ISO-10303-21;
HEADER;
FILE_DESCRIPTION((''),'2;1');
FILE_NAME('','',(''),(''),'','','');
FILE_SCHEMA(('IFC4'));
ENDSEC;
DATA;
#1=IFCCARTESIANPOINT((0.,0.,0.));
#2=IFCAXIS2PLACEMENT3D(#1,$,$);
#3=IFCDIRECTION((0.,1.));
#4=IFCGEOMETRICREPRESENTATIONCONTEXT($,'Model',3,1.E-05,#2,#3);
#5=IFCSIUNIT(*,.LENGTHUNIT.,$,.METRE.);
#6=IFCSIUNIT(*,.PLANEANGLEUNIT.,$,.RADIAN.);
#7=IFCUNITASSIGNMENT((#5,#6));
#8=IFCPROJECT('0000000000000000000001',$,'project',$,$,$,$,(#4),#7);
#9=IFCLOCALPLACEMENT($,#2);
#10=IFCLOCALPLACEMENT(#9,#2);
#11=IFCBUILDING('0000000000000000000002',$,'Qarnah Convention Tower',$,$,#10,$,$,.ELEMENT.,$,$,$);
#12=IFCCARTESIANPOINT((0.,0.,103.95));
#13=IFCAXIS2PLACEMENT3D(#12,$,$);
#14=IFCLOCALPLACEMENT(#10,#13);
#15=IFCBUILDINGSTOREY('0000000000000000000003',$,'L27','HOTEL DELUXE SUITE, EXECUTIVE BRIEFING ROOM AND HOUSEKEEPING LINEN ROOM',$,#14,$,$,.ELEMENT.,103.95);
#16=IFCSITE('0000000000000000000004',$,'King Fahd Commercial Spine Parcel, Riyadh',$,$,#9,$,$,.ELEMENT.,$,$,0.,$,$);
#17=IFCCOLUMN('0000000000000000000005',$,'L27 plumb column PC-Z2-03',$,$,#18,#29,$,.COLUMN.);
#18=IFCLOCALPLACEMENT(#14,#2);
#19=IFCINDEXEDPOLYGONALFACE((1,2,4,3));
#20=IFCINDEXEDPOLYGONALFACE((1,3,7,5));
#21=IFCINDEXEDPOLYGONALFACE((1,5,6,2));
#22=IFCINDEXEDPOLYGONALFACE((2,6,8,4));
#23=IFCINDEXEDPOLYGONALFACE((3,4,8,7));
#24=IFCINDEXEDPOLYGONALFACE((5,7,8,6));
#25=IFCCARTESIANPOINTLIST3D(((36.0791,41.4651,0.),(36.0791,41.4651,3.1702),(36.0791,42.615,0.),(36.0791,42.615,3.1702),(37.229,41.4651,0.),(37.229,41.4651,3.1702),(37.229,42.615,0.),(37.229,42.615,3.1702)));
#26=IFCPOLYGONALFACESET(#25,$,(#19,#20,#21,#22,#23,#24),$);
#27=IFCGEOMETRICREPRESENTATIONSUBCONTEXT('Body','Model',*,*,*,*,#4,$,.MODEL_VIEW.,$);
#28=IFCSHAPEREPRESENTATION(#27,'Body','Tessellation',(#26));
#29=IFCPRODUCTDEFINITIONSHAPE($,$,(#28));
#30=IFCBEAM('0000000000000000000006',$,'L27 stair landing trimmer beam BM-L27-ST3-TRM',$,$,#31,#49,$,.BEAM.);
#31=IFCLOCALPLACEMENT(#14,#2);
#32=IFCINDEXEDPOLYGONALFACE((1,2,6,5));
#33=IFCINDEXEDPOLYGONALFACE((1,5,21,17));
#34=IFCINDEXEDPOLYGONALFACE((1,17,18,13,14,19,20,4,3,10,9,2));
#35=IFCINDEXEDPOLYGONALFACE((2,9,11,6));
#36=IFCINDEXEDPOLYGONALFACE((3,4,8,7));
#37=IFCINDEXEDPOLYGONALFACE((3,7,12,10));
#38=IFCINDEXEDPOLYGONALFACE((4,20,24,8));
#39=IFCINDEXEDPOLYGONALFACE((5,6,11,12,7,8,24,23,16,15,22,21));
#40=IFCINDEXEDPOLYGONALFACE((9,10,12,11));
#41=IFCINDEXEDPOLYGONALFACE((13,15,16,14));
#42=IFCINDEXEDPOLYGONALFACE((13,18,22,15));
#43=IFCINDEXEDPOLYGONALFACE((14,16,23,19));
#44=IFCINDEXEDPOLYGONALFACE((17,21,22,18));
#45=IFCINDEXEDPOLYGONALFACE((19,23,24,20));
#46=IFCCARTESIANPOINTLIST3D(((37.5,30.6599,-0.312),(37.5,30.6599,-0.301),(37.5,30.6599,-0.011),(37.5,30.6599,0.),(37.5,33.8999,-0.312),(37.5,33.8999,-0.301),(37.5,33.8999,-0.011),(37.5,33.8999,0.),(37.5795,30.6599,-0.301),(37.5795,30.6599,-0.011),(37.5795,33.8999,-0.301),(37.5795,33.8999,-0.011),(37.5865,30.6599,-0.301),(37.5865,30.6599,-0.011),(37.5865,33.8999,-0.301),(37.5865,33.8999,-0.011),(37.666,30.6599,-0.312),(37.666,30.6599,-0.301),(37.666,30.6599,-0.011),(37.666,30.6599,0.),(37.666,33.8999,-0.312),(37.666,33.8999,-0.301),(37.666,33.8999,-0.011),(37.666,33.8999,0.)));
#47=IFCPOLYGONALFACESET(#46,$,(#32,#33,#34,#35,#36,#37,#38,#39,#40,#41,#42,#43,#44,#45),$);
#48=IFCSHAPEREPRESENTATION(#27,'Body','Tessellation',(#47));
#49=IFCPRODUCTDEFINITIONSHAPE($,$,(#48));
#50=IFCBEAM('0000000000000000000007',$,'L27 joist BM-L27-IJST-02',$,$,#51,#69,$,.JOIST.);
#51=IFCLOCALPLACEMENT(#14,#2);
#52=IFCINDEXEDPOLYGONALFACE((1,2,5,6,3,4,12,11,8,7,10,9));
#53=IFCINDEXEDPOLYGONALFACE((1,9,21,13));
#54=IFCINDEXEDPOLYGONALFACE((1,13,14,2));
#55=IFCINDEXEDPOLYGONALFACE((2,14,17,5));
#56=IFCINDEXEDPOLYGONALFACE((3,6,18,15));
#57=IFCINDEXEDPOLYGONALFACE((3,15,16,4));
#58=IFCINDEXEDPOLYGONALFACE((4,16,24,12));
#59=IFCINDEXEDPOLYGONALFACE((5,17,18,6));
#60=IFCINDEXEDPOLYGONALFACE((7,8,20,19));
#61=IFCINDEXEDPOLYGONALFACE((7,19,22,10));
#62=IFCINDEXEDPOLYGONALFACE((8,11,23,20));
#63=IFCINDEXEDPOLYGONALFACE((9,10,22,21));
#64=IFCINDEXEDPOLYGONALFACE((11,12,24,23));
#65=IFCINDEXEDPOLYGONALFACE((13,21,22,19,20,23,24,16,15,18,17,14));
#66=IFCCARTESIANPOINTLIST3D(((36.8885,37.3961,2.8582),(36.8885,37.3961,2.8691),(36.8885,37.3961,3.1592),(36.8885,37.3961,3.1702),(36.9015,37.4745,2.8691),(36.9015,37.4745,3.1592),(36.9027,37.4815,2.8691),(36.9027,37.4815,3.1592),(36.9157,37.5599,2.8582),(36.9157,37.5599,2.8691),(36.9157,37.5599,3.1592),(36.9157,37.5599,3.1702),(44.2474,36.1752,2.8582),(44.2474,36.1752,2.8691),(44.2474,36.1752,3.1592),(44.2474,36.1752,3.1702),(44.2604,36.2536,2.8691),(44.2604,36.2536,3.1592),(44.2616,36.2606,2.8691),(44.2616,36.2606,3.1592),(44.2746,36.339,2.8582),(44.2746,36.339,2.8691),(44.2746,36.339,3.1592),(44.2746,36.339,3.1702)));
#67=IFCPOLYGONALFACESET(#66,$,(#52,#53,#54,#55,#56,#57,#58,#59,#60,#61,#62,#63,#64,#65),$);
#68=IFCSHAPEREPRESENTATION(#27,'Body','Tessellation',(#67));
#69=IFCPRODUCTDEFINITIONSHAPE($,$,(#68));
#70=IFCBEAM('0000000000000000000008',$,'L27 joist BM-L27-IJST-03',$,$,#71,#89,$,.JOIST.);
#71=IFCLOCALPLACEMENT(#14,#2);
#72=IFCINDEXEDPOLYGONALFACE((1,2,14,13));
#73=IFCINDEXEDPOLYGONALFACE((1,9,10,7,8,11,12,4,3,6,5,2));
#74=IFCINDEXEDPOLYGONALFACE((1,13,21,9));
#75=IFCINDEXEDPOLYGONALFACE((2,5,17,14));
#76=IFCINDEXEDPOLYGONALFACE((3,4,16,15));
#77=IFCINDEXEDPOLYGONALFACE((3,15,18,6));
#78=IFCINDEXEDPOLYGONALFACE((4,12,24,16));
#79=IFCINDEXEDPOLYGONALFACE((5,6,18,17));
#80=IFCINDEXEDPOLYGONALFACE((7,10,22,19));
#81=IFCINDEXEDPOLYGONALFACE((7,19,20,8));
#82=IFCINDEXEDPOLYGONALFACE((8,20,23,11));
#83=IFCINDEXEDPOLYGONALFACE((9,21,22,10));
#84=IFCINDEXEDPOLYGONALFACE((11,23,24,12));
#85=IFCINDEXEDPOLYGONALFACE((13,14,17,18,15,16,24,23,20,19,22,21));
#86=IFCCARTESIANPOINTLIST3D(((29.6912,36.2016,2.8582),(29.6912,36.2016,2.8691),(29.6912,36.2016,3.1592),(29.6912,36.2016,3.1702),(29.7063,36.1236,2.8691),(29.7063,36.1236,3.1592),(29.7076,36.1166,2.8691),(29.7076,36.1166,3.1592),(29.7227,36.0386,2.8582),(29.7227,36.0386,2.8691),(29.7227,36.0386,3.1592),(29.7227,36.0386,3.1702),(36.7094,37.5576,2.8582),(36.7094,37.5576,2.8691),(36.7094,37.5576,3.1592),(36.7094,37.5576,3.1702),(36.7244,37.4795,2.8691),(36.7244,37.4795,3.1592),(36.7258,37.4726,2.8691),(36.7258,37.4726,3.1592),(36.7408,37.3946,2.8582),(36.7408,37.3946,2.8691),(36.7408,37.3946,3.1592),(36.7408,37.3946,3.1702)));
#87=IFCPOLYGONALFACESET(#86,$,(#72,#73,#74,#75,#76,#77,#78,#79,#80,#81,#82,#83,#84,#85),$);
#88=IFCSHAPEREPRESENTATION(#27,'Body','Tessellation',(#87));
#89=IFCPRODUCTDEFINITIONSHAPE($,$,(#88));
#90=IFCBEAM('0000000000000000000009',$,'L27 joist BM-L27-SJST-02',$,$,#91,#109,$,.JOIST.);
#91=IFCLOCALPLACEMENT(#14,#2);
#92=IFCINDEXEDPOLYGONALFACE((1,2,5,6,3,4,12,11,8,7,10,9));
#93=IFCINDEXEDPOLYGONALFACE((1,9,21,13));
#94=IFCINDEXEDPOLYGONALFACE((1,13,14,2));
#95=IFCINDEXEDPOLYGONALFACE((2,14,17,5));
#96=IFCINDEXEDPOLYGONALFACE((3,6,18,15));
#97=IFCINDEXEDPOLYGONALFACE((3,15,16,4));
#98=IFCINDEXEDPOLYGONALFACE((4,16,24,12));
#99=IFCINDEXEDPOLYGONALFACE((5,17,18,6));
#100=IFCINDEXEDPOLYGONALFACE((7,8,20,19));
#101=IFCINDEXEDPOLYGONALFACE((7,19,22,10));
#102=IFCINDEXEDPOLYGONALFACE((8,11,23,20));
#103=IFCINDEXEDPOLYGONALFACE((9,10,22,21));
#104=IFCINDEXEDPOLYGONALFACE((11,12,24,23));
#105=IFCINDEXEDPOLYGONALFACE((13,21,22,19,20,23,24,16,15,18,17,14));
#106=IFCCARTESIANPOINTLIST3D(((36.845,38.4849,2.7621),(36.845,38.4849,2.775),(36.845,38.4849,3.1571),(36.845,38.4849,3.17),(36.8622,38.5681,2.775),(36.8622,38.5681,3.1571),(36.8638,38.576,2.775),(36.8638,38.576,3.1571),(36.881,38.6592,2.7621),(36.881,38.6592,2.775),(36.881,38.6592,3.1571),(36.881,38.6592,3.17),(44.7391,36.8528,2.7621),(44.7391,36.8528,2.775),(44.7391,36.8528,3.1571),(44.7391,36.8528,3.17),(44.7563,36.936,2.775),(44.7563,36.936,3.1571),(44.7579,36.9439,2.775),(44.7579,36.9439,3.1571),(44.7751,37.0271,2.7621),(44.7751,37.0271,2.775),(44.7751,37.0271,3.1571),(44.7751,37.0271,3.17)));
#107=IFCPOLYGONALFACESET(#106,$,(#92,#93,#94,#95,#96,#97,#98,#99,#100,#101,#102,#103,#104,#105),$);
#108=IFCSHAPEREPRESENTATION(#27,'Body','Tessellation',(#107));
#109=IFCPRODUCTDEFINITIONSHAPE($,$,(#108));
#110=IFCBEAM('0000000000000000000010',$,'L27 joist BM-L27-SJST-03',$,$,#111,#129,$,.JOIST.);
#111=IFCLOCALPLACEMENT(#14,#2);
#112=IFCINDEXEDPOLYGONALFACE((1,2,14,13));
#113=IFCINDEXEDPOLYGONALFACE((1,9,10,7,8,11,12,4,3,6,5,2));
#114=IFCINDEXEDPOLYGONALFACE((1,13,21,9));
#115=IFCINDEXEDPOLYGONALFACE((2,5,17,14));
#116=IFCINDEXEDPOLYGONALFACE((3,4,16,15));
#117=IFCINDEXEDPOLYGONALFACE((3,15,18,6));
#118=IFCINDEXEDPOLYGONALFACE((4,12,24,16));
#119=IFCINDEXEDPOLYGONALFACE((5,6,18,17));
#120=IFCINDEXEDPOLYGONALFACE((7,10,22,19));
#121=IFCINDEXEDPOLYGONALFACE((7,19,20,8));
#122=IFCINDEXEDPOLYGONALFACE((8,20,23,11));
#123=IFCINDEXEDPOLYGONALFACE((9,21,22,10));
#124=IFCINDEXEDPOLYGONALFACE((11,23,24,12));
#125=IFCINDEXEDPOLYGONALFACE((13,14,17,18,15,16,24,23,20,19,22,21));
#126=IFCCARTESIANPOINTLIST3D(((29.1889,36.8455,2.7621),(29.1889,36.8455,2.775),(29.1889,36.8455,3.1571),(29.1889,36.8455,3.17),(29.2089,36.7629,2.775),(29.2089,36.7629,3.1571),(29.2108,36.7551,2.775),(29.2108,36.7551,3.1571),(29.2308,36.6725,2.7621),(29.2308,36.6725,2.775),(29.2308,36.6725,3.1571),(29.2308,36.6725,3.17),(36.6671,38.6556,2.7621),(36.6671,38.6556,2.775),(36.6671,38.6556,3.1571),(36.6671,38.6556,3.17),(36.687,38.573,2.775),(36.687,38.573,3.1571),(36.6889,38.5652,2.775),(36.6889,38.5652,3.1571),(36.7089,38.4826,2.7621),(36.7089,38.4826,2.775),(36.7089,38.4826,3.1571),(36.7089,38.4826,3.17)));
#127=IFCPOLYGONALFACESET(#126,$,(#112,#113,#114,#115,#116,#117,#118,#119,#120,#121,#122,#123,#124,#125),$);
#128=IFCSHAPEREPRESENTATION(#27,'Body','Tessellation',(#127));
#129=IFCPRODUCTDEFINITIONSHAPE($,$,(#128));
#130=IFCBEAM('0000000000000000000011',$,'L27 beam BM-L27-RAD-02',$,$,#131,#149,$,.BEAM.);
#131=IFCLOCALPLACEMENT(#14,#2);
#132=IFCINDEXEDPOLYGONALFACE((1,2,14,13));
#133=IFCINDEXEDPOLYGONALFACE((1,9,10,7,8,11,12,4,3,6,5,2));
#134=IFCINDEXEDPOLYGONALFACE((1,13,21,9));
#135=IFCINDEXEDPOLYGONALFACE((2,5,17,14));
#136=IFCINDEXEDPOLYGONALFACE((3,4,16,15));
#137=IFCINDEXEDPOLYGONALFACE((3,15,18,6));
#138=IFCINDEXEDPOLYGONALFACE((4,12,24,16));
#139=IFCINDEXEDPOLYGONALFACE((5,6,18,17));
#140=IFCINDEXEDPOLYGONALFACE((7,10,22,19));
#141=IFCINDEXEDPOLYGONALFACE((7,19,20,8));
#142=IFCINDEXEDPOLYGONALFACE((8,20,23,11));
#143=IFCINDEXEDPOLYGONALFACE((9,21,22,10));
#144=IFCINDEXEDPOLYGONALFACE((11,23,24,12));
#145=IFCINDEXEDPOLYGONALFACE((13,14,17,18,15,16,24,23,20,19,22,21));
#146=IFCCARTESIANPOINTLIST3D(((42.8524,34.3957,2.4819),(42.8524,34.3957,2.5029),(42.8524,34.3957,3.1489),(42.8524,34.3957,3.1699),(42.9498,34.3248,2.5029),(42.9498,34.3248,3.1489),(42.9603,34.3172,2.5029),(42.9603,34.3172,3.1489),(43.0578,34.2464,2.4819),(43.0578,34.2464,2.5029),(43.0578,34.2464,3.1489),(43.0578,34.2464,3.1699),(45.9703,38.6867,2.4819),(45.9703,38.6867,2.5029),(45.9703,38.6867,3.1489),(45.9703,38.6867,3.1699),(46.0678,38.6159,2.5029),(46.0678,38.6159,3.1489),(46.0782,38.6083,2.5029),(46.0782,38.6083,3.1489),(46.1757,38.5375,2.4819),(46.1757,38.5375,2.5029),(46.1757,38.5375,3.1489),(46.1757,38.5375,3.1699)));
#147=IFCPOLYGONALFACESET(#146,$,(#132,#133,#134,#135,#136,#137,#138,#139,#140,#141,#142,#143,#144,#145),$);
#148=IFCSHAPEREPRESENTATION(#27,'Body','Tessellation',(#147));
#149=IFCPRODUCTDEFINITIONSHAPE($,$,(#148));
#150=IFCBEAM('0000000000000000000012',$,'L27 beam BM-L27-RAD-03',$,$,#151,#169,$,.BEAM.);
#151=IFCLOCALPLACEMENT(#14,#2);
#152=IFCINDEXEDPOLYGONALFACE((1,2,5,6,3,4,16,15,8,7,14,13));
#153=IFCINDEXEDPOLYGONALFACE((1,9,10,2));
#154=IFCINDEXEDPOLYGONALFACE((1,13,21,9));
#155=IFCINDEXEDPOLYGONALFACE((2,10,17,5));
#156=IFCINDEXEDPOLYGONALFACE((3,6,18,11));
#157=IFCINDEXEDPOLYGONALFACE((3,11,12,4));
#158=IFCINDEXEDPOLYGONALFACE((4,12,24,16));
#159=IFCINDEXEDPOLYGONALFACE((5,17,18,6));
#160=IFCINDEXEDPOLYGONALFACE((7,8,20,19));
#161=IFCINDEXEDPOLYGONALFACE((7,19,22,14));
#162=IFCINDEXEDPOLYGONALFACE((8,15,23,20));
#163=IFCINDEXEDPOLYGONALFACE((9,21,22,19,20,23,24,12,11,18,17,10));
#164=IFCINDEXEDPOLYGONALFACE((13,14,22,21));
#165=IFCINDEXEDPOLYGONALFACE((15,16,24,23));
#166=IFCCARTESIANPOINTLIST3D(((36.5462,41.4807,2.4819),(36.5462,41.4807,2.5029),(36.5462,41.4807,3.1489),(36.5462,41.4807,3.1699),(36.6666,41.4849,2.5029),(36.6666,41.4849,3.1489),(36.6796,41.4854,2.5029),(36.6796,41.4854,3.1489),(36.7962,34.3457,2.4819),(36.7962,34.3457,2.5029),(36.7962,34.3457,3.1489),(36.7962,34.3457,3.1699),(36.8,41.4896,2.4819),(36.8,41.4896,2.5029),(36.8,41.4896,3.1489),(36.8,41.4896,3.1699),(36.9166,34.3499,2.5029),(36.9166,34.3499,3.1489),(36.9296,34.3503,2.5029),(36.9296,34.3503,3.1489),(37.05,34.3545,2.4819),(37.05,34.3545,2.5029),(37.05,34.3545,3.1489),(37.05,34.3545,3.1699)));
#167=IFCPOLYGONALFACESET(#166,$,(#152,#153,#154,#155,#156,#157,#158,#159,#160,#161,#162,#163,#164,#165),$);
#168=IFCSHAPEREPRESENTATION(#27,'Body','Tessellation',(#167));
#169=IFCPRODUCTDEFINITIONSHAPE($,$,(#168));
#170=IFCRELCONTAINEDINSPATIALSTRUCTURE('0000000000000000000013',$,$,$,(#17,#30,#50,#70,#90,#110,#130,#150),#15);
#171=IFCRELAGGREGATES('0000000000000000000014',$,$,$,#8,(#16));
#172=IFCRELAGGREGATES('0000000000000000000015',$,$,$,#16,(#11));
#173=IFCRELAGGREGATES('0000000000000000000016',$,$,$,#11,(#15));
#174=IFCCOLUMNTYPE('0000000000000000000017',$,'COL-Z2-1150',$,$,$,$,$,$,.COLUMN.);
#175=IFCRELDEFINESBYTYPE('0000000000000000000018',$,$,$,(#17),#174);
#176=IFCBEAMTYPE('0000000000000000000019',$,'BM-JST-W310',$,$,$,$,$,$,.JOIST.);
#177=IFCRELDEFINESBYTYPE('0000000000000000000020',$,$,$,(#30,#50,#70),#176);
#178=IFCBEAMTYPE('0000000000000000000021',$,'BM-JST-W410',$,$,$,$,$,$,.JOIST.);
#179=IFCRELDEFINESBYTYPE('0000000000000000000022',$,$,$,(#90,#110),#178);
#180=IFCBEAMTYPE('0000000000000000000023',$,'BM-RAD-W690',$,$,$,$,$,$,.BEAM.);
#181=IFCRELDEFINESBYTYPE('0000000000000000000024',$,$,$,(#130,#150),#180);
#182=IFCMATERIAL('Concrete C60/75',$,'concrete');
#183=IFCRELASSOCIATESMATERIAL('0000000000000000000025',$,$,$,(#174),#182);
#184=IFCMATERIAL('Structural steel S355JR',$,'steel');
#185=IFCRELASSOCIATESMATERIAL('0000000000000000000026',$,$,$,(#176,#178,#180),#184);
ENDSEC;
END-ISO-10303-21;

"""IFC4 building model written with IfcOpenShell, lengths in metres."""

from ifc_helpers import new_model, si_unit, direction, frame, origin, origin_2d, place, context, subcontext, project, spatial, rectangle, i_section, extrude, material, material_profile, profile_set, type_object, element, save


model = new_model("IFC4")

# Units and contexts
model_context = context("Model", 3, precision=1e-05, world=origin(), true_north=direction((0.0, 1.0)))
body_context = subcontext(model_context, "Body", "Model", "MODEL_VIEW")
ifc_project = project(units=[si_unit("LENGTHUNIT", "METRE"), si_unit("PLANEANGLEUNIT", "RADIAN")], contexts=[model_context])

# Site, building, storey
site_placement = place(None, origin())
site = spatial("IfcSite", under=ifc_project, at=site_placement, Name="King Fahd Commercial Spine Parcel, Riyadh", CompositionType="ELEMENT", RefElevation=0.0)
building_placement = place(site_placement, origin())
building = spatial("IfcBuilding", under=site, at=building_placement, Name="Qarnah Convention Tower", CompositionType="ELEMENT")
storey_placement = place(building_placement, frame((0.0, 0.0, 103.95)))
storey = spatial("IfcBuildingStorey", under=building, at=storey_placement, Name="L27", Description="HOTEL DELUXE SUITE, EXECUTIVE BRIEFING ROOM AND HOUSEKEEPING LINEN ROOM", CompositionType="ELEMENT", Elevation=103.95)

# Column
ifc_material_1 = material(Name="Concrete C60/75", Category="concrete")
ifc_material_profile_1 = material_profile(ifc_material_1, rectangle(XDim=1.1499, YDim=1.1499, at=origin_2d()), Name="RC-COL-1150X1150")
ifc_profile_set_1 = profile_set([ifc_material_profile_1], Name="Concrete C60/75")
column_type = type_object("IfcColumnType", Name="COL-Z2-1150", PredefinedType="COLUMN", material=ifc_profile_set_1)
column_placement = place(storey_placement, frame((36.6541, 42.04, 0.0), z_axis=(0.0, 0.0, 1.0), x_axis=(1.0, 0.0, 0.0)))
element("IfcColumn", 1, at=column_placement, inside=storey, type_object=column_type, Name="L27 plumb column PC-Z2-03", PredefinedType="COLUMN", context=body_context, shape_type="SweptSolid", body=[
    extrude(rectangle(XDim=1.1499, YDim=1.1499, at=origin_2d()), origin(), (0.0, 0.0, 1.0), 3.1702),
])

# Beams
ifc_material_2 = material(Name="Structural steel S355JR", Category="steel")
ifc_material_profile_2 = material_profile(ifc_material_2, i_section(OverallWidth=0.166, OverallDepth=0.312, WebThickness=0.0071, FlangeThickness=0.011, at=origin_2d()), Name="W310X45")
ifc_profile_set_2 = profile_set([ifc_material_profile_2], Name="Structural steel S355JR")
beam_type_1 = type_object("IfcBeamType", Name="BM-JST-W310", PredefinedType="JOIST", material=ifc_profile_set_2)
beam_1_placement = place(storey_placement, frame((37.583, 30.6599, -0.156), z_axis=(0.0, 1.0, 0.0), x_axis=(-1.0, 0.0, 0.0)))
element("IfcBeam", 2, at=beam_1_placement, inside=storey, type_object=beam_type_1, Name="L27 stair landing trimmer beam BM-L27-ST3-TRM", PredefinedType="BEAM", context=body_context, shape_type="SweptSolid", body=[
    extrude(i_section(OverallWidth=0.166, OverallDepth=0.312, WebThickness=0.0071, FlangeThickness=0.011, at=origin_2d()), origin(), (0.0, 0.0, 1.0), 3.24),
])
beam_2_placement = place(storey_placement, frame((44.261, 36.2571, 3.0142), z_axis=(-0.986514, 0.163677, 0.0), x_axis=(-0.163677, -0.986514, 0.0)))
element("IfcBeam", 3, at=beam_2_placement, inside=storey, type_object=beam_type_1, Name="L27 joist BM-L27-IJST-02", PredefinedType="JOIST", context=body_context, shape_type="SweptSolid", body=[
    extrude(i_section(OverallWidth=0.166, OverallDepth=0.312, WebThickness=0.0071, FlangeThickness=0.011, at=origin_2d()), origin(), (0.0, 0.0, 1.0), 7.4595),
])
beam_3_placement = place(storey_placement, frame((36.7251, 37.4761, 3.0142), z_axis=(-0.981842, -0.189701, 0.0), x_axis=(0.189701, -0.981842, 0.0)))
element("IfcBeam", 4, at=beam_3_placement, inside=storey, type_object=beam_type_1, Name="L27 joist BM-L27-IJST-03", PredefinedType="JOIST", context=body_context, shape_type="SweptSolid", body=[
    extrude(i_section(OverallWidth=0.166, OverallDepth=0.312, WebThickness=0.0071, FlangeThickness=0.011, at=origin_2d()), origin(), (0.0, 0.0, 1.0), 7.1479),
])
ifc_material_profile_3 = material_profile(ifc_material_2, i_section(OverallWidth=0.178, OverallDepth=0.408, WebThickness=0.0081, FlangeThickness=0.0129, at=origin_2d()), Name="W410X60")
ifc_profile_set_3 = profile_set([ifc_material_profile_3], Name="Structural steel S355JR")
beam_type_2 = type_object("IfcBeamType", Name="BM-JST-W410", PredefinedType="JOIST", material=ifc_profile_set_3)
beam_4_placement = place(storey_placement, frame((44.7571, 36.9399, 2.9661), z_axis=(-0.979289, 0.202466, 0.0), x_axis=(-0.202466, -0.979289, 0.0)))
element("IfcBeam", 5, at=beam_4_placement, inside=storey, type_object=beam_type_2, Name="L27 joist BM-L27-SJST-02", PredefinedType="JOIST", context=body_context, shape_type="SweptSolid", body=[
    extrude(i_section(OverallWidth=0.178, OverallDepth=0.408, WebThickness=0.0081, FlangeThickness=0.0129, at=origin_2d()), origin(), (0.0, 0.0, 1.0), 8.061),
])
beam_5_placement = place(storey_placement, frame((36.688, 38.5691, 2.9661), z_axis=(-0.971933, -0.235257, 0.0), x_axis=(0.235257, -0.971933, 0.0)))
element("IfcBeam", 6, at=beam_5_placement, inside=storey, type_object=beam_type_2, Name="L27 joist BM-L27-SJST-03", PredefinedType="JOIST", context=body_context, shape_type="SweptSolid", body=[
    extrude(i_section(OverallWidth=0.178, OverallDepth=0.408, WebThickness=0.0081, FlangeThickness=0.0129, at=origin_2d()), origin(), (0.0, 0.0, 1.0), 7.6941),
])
ifc_material_profile_4 = material_profile(ifc_material_2, i_section(OverallWidth=0.2539, OverallDepth=0.688, WebThickness=0.0129, FlangeThickness=0.021, at=origin_2d()), Name="W690X152")
ifc_profile_set_4 = profile_set([ifc_material_profile_4], Name="Structural steel S355JR")
beam_type_3 = type_object("IfcBeamType", Name="BM-RAD-W690", PredefinedType="BEAM", material=ifc_profile_set_4)
beam_6_placement = place(storey_placement, frame((42.9551, 34.321, 2.8259), z_axis=(0.587824, 0.808989, 0.0), x_axis=(-0.808989, 0.587824, 0.0)))
element("IfcBeam", 7, at=beam_6_placement, inside=storey, type_object=beam_type_3, Name="L27 beam BM-L27-RAD-02", PredefinedType="BEAM", context=body_context, shape_type="SweptSolid", body=[
    extrude(i_section(OverallWidth=0.2539, OverallDepth=0.688, WebThickness=0.0129, FlangeThickness=0.021, at=origin_2d()), origin(), (0.0, 0.0, 1.0), 5.3042),
])
beam_7_placement = place(storey_placement, frame((36.9231, 34.3501, 2.8259), z_axis=(-0.035017, 0.999387, 0.0), x_axis=(-0.999387, -0.035017, 0.0)))
element("IfcBeam", 8, at=beam_7_placement, inside=storey, type_object=beam_type_3, Name="L27 beam BM-L27-RAD-03", PredefinedType="BEAM", context=body_context, shape_type="SweptSolid", body=[
    extrude(i_section(OverallWidth=0.2539, OverallDepth=0.688, WebThickness=0.0129, FlangeThickness=0.021, at=origin_2d()), origin(), (0.0, 0.0, 1.0), 7.1394),
])

save(model, "model.ifc")
